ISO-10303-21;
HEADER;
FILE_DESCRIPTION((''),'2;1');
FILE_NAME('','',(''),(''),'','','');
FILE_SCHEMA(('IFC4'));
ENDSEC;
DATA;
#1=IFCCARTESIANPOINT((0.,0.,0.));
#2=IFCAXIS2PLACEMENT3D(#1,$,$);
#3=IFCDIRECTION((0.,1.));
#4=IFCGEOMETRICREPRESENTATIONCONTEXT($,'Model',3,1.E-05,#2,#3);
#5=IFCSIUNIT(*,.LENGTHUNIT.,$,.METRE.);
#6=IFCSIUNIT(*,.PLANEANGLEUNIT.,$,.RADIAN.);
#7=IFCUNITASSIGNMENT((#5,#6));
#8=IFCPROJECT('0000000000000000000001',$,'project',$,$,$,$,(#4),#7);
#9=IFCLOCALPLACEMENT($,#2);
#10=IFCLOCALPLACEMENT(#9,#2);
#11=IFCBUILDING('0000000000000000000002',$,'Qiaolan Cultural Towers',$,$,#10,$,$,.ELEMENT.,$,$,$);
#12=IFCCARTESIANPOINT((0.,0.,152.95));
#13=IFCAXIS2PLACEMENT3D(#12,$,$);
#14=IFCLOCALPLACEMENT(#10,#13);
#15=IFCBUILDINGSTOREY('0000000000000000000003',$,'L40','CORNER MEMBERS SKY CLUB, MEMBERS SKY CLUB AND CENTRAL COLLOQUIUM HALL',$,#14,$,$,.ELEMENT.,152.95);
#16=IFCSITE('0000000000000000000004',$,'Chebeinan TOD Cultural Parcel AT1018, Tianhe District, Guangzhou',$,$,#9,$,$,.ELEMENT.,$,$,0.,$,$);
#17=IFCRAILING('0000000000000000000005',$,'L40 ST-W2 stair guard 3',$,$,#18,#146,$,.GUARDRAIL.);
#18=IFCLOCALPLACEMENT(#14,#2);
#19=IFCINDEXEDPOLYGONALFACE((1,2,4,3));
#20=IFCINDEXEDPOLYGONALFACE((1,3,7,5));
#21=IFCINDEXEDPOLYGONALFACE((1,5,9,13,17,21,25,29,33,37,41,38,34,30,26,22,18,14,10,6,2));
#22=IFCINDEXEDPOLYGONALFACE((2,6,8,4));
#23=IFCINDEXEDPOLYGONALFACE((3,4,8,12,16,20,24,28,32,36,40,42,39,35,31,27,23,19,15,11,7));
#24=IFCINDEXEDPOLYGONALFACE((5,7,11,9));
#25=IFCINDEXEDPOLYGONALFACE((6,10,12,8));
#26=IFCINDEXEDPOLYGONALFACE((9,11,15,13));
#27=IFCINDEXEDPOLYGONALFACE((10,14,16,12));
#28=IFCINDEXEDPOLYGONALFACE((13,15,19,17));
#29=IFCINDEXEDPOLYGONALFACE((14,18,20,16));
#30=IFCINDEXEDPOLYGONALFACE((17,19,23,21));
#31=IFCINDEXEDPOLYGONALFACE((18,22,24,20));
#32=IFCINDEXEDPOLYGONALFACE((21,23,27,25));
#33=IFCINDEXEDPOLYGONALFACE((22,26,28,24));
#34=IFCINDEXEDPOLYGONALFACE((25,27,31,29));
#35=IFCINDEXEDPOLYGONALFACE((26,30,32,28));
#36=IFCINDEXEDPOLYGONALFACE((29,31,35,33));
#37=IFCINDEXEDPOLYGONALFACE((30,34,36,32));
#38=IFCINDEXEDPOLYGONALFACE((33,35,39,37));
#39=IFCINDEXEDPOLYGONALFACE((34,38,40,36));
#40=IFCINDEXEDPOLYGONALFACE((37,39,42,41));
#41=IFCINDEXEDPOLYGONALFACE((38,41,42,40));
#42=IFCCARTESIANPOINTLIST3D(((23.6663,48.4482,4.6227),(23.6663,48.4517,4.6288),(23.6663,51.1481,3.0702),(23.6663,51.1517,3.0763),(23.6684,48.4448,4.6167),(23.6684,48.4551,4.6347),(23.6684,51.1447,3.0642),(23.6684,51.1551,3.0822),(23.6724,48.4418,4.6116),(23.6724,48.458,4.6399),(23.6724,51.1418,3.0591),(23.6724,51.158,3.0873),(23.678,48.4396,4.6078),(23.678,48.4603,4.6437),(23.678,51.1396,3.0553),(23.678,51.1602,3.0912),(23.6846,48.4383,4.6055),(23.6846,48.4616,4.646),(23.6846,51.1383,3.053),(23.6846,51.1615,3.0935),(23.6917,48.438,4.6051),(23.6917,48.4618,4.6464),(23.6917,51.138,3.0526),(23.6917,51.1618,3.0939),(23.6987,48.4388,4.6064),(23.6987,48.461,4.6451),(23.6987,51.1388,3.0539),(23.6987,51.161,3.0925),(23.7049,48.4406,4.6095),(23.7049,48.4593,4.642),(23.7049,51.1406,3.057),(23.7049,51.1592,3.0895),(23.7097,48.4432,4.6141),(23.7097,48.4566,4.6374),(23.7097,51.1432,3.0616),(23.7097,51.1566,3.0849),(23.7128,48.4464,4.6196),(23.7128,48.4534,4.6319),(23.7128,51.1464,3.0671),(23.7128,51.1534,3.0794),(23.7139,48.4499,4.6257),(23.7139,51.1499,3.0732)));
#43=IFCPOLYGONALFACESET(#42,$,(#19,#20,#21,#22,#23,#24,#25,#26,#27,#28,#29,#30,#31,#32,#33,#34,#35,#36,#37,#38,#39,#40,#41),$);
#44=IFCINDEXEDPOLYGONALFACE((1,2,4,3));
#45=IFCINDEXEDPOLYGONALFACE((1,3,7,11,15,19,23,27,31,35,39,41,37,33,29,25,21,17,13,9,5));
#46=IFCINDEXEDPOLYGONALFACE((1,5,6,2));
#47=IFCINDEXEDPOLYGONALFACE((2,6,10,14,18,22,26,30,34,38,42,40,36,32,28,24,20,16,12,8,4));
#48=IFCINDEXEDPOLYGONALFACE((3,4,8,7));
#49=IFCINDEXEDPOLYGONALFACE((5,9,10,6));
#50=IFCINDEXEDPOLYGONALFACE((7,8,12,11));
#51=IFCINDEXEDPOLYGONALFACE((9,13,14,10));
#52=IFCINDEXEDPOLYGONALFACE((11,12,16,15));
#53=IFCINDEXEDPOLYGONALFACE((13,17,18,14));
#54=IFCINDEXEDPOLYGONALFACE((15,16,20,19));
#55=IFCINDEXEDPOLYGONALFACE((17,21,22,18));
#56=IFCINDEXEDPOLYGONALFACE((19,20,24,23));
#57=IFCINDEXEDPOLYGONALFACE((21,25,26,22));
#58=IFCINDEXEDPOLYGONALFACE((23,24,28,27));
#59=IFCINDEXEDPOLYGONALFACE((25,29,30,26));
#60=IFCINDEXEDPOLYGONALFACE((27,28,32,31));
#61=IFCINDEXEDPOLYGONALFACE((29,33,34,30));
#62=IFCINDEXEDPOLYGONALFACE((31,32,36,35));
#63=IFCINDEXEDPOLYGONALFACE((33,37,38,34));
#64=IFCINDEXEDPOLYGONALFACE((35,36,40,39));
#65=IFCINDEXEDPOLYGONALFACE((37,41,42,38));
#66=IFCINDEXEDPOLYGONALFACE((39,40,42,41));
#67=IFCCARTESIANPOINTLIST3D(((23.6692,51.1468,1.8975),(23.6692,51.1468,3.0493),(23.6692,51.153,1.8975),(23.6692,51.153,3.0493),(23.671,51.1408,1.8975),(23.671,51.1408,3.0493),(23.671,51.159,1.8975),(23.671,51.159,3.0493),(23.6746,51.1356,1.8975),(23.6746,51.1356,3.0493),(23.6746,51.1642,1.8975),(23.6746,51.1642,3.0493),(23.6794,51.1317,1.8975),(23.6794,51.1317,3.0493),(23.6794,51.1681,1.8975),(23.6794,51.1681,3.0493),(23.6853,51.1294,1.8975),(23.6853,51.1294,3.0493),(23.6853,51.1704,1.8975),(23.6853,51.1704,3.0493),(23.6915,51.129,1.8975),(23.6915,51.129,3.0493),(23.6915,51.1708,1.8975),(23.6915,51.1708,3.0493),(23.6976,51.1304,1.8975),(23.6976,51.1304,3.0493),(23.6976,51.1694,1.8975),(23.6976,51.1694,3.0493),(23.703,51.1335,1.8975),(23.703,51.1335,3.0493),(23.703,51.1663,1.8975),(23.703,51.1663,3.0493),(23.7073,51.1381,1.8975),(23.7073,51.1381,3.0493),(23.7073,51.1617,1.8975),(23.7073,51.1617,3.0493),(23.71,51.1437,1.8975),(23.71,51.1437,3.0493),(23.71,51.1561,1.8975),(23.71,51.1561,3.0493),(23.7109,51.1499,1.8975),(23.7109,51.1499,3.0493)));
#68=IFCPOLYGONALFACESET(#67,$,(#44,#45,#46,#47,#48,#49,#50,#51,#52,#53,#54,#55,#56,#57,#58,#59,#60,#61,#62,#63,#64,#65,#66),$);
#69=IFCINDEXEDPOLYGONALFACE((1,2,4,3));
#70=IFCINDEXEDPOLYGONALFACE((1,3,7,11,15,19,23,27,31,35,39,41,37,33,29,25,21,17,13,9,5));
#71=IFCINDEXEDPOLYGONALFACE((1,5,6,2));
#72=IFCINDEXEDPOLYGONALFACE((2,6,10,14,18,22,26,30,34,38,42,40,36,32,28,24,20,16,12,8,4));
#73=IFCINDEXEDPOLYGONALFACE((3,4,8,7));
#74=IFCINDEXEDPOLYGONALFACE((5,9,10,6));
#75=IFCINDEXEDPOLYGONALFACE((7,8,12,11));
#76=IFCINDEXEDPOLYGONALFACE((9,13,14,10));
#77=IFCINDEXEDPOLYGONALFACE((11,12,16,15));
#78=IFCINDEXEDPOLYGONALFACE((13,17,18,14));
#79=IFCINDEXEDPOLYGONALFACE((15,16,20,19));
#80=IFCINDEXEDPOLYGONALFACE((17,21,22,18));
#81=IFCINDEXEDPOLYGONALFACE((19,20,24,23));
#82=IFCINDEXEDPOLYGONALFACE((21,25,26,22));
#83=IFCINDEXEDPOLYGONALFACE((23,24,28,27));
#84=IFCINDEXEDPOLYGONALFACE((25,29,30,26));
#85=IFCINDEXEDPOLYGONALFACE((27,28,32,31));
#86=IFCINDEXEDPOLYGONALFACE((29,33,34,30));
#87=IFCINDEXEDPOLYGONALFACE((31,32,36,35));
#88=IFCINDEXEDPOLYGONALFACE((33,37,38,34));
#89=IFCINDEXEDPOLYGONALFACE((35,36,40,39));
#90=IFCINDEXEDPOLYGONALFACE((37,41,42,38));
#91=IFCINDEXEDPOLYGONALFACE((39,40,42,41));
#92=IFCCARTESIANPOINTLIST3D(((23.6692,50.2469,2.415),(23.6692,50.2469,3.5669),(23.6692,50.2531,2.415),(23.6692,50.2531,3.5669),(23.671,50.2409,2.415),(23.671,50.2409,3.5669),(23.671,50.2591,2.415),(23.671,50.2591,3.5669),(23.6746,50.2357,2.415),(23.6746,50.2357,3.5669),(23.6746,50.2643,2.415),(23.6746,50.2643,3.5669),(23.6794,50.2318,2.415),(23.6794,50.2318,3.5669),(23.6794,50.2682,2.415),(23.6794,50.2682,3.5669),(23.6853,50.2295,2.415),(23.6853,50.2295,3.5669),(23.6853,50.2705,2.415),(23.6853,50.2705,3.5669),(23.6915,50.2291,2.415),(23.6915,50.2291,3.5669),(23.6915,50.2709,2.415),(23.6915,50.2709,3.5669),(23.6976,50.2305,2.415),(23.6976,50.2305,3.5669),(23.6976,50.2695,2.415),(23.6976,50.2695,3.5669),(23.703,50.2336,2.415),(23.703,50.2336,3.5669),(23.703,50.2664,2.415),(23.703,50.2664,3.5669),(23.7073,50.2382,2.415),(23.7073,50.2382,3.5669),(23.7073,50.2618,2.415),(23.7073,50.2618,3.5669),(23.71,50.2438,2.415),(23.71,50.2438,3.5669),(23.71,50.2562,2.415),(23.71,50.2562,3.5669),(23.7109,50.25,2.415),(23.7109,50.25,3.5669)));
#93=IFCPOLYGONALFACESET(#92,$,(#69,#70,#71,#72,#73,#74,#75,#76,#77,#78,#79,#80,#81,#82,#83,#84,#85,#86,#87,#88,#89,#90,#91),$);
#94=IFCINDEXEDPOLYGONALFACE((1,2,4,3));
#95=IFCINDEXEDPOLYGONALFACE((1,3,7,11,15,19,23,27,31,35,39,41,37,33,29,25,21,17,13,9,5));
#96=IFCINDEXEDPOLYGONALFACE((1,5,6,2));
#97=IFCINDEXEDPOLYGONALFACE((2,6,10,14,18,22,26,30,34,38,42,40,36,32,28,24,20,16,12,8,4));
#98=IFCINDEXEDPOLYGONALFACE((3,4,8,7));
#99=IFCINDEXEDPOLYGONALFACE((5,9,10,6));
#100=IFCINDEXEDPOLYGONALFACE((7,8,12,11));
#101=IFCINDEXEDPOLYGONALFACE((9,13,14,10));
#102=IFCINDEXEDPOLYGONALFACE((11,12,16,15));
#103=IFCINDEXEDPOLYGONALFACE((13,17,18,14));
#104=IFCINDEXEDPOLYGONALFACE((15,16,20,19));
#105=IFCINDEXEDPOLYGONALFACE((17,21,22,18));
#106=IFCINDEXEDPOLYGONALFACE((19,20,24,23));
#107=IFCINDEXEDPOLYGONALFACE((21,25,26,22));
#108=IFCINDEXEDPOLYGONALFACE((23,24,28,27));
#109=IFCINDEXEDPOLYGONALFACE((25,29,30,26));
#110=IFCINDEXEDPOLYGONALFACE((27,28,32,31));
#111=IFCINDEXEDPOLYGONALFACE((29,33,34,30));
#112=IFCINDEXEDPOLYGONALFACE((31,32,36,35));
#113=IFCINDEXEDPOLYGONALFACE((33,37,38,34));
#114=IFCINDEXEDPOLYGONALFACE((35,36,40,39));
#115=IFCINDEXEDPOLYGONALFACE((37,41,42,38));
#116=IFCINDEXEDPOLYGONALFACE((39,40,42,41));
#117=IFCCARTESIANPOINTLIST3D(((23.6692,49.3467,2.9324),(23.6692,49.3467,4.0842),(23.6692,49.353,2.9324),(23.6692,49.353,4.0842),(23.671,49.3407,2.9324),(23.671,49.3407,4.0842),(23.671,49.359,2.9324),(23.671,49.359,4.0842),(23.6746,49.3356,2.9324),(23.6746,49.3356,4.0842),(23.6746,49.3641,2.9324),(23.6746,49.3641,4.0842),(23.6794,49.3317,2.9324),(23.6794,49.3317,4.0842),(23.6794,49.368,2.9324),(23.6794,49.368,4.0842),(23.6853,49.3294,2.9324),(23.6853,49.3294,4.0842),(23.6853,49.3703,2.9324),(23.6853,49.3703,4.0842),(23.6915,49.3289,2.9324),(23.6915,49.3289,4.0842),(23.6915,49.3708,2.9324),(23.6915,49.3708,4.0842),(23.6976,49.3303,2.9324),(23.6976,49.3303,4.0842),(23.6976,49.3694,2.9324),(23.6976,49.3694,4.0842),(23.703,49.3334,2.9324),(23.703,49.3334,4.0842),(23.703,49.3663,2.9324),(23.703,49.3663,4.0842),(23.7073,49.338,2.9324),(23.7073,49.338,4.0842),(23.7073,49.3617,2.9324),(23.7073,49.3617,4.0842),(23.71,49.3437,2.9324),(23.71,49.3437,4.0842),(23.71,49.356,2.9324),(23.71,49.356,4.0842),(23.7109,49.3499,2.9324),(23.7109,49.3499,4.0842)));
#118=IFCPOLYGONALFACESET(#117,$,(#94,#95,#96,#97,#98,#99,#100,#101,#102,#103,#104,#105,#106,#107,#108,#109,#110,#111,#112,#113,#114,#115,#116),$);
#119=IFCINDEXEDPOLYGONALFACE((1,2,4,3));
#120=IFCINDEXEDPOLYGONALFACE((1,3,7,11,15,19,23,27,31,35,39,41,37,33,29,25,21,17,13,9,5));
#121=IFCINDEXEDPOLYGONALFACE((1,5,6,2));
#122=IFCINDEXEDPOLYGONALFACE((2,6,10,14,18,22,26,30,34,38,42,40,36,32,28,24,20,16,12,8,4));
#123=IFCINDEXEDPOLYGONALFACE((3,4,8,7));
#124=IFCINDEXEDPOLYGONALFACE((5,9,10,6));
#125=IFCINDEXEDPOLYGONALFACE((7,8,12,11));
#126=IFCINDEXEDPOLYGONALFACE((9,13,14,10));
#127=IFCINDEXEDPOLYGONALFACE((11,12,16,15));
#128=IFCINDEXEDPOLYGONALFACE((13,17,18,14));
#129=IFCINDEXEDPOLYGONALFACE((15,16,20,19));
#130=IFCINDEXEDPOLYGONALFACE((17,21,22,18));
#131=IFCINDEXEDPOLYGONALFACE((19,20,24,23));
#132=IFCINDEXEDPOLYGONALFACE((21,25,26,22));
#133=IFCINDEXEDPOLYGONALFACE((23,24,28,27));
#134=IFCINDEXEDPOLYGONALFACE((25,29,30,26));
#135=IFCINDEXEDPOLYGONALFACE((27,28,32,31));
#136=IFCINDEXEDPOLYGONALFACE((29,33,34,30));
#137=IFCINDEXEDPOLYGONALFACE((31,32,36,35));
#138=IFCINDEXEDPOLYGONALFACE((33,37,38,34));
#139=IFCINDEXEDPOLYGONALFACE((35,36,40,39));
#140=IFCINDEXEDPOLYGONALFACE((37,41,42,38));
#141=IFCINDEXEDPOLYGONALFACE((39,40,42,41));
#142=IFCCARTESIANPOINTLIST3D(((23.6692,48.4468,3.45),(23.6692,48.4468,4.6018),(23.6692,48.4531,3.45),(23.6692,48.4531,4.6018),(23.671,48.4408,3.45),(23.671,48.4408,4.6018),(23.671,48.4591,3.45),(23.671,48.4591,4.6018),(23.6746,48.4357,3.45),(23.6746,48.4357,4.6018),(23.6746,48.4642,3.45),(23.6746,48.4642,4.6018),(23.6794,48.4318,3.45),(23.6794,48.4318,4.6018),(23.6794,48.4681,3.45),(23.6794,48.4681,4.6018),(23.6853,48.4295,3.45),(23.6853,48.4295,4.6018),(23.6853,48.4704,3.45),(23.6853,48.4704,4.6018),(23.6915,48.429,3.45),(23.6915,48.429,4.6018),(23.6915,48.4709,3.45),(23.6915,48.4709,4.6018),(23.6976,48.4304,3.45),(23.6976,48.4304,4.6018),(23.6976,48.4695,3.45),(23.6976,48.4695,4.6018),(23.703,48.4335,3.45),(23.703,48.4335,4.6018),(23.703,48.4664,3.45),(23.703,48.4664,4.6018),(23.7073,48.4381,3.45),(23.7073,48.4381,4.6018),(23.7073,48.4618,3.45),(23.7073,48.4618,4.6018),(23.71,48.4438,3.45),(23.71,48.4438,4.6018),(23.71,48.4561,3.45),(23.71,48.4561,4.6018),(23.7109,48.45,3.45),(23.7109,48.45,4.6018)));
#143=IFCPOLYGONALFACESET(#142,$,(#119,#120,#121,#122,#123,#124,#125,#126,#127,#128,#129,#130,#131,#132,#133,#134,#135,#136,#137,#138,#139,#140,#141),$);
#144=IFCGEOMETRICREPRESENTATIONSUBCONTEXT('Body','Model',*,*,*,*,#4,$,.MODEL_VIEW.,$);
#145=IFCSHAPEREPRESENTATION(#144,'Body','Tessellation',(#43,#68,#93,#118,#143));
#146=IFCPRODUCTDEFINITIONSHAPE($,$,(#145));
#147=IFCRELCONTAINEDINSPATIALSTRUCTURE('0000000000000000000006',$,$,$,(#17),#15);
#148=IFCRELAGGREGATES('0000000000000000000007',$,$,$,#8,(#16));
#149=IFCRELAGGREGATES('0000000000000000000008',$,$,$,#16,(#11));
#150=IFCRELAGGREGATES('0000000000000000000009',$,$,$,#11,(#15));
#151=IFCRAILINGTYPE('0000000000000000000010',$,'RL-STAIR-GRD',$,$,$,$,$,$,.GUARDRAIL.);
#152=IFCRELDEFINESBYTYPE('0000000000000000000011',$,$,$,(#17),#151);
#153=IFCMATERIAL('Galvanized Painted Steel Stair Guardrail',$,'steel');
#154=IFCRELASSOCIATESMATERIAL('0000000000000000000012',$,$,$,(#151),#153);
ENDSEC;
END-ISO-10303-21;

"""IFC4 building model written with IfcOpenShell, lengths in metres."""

from ifc_helpers import new_model, si_unit, direction, frame, origin, origin_2d, place, context, subcontext, project, spatial, circle, extrude, material, type_object, element, save


model = new_model("IFC4")

# Units and contexts
model_context = context("Model", 3, precision=1e-05, world=origin(), true_north=direction((0.0, 1.0)))
body_context = subcontext(model_context, "Body", "Model", "MODEL_VIEW")
ifc_project = project(units=[si_unit("LENGTHUNIT", "METRE"), si_unit("PLANEANGLEUNIT", "RADIAN")], contexts=[model_context])

# Site, building, storey
site_placement = place(None, origin())
site = spatial("IfcSite", under=ifc_project, at=site_placement, Name="Chebeinan TOD Cultural Parcel AT1018, Tianhe District, Guangzhou", CompositionType="ELEMENT", RefElevation=0.0)
building_placement = place(site_placement, origin())
building = spatial("IfcBuilding", under=site, at=building_placement, Name="Qiaolan Cultural Towers", CompositionType="ELEMENT")
storey_placement = place(building_placement, frame((0.0, 0.0, 152.95)))
storey = spatial("IfcBuildingStorey", under=building, at=storey_placement, Name="L40", Description="CORNER MEMBERS SKY CLUB, MEMBERS SKY CLUB AND CENTRAL COLLOQUIUM HALL", CompositionType="ELEMENT", Elevation=152.95)

# Railing
ifc_material_1 = material(Name="Galvanized Painted Steel Stair Guardrail", Category="steel")
railing_type_1 = type_object("IfcRailingType", Name="RL-STAIR-GRD", PredefinedType="GUARDRAIL", material=ifc_material_1)
railing_1_placement = place(storey_placement, frame((23.6899, 51.1499, 1.8975)))
element("IfcRailing", 1, at=railing_1_placement, inside=storey, type_object=railing_type_1, Name="L40 ST-W2 stair guard 3", PredefinedType="GUARDRAIL", context=body_context, shape_type="SweptSolid", body=[
    extrude(circle(Radius=0.0239, at=origin_2d()), frame((0.0, 0.0, 1.1758), z_axis=(0.0, -0.866904, 0.498476), x_axis=(1.0, 0.0, 0.0)), (0.0, 0.0, 1.0), 3.1145),
    extrude(circle(Radius=0.021, at=origin_2d()), origin(), (0.0, 0.0, 1.0), 1.1519),
    extrude(circle(Radius=0.021, at=origin_2d()), frame((0.0, -0.8999, 0.5176)), (0.0, 0.0, 1.0), 1.1519),
    extrude(circle(Radius=0.021, at=origin_2d()), frame((0.0, -1.8, 1.0349)), (0.0, 0.0, 1.0), 1.1519),
    extrude(circle(Radius=0.021, at=origin_2d()), frame((0.0, -2.7, 1.5525)), (0.0, 0.0, 1.0), 1.1519),
])

save(model, "model.ifc")
